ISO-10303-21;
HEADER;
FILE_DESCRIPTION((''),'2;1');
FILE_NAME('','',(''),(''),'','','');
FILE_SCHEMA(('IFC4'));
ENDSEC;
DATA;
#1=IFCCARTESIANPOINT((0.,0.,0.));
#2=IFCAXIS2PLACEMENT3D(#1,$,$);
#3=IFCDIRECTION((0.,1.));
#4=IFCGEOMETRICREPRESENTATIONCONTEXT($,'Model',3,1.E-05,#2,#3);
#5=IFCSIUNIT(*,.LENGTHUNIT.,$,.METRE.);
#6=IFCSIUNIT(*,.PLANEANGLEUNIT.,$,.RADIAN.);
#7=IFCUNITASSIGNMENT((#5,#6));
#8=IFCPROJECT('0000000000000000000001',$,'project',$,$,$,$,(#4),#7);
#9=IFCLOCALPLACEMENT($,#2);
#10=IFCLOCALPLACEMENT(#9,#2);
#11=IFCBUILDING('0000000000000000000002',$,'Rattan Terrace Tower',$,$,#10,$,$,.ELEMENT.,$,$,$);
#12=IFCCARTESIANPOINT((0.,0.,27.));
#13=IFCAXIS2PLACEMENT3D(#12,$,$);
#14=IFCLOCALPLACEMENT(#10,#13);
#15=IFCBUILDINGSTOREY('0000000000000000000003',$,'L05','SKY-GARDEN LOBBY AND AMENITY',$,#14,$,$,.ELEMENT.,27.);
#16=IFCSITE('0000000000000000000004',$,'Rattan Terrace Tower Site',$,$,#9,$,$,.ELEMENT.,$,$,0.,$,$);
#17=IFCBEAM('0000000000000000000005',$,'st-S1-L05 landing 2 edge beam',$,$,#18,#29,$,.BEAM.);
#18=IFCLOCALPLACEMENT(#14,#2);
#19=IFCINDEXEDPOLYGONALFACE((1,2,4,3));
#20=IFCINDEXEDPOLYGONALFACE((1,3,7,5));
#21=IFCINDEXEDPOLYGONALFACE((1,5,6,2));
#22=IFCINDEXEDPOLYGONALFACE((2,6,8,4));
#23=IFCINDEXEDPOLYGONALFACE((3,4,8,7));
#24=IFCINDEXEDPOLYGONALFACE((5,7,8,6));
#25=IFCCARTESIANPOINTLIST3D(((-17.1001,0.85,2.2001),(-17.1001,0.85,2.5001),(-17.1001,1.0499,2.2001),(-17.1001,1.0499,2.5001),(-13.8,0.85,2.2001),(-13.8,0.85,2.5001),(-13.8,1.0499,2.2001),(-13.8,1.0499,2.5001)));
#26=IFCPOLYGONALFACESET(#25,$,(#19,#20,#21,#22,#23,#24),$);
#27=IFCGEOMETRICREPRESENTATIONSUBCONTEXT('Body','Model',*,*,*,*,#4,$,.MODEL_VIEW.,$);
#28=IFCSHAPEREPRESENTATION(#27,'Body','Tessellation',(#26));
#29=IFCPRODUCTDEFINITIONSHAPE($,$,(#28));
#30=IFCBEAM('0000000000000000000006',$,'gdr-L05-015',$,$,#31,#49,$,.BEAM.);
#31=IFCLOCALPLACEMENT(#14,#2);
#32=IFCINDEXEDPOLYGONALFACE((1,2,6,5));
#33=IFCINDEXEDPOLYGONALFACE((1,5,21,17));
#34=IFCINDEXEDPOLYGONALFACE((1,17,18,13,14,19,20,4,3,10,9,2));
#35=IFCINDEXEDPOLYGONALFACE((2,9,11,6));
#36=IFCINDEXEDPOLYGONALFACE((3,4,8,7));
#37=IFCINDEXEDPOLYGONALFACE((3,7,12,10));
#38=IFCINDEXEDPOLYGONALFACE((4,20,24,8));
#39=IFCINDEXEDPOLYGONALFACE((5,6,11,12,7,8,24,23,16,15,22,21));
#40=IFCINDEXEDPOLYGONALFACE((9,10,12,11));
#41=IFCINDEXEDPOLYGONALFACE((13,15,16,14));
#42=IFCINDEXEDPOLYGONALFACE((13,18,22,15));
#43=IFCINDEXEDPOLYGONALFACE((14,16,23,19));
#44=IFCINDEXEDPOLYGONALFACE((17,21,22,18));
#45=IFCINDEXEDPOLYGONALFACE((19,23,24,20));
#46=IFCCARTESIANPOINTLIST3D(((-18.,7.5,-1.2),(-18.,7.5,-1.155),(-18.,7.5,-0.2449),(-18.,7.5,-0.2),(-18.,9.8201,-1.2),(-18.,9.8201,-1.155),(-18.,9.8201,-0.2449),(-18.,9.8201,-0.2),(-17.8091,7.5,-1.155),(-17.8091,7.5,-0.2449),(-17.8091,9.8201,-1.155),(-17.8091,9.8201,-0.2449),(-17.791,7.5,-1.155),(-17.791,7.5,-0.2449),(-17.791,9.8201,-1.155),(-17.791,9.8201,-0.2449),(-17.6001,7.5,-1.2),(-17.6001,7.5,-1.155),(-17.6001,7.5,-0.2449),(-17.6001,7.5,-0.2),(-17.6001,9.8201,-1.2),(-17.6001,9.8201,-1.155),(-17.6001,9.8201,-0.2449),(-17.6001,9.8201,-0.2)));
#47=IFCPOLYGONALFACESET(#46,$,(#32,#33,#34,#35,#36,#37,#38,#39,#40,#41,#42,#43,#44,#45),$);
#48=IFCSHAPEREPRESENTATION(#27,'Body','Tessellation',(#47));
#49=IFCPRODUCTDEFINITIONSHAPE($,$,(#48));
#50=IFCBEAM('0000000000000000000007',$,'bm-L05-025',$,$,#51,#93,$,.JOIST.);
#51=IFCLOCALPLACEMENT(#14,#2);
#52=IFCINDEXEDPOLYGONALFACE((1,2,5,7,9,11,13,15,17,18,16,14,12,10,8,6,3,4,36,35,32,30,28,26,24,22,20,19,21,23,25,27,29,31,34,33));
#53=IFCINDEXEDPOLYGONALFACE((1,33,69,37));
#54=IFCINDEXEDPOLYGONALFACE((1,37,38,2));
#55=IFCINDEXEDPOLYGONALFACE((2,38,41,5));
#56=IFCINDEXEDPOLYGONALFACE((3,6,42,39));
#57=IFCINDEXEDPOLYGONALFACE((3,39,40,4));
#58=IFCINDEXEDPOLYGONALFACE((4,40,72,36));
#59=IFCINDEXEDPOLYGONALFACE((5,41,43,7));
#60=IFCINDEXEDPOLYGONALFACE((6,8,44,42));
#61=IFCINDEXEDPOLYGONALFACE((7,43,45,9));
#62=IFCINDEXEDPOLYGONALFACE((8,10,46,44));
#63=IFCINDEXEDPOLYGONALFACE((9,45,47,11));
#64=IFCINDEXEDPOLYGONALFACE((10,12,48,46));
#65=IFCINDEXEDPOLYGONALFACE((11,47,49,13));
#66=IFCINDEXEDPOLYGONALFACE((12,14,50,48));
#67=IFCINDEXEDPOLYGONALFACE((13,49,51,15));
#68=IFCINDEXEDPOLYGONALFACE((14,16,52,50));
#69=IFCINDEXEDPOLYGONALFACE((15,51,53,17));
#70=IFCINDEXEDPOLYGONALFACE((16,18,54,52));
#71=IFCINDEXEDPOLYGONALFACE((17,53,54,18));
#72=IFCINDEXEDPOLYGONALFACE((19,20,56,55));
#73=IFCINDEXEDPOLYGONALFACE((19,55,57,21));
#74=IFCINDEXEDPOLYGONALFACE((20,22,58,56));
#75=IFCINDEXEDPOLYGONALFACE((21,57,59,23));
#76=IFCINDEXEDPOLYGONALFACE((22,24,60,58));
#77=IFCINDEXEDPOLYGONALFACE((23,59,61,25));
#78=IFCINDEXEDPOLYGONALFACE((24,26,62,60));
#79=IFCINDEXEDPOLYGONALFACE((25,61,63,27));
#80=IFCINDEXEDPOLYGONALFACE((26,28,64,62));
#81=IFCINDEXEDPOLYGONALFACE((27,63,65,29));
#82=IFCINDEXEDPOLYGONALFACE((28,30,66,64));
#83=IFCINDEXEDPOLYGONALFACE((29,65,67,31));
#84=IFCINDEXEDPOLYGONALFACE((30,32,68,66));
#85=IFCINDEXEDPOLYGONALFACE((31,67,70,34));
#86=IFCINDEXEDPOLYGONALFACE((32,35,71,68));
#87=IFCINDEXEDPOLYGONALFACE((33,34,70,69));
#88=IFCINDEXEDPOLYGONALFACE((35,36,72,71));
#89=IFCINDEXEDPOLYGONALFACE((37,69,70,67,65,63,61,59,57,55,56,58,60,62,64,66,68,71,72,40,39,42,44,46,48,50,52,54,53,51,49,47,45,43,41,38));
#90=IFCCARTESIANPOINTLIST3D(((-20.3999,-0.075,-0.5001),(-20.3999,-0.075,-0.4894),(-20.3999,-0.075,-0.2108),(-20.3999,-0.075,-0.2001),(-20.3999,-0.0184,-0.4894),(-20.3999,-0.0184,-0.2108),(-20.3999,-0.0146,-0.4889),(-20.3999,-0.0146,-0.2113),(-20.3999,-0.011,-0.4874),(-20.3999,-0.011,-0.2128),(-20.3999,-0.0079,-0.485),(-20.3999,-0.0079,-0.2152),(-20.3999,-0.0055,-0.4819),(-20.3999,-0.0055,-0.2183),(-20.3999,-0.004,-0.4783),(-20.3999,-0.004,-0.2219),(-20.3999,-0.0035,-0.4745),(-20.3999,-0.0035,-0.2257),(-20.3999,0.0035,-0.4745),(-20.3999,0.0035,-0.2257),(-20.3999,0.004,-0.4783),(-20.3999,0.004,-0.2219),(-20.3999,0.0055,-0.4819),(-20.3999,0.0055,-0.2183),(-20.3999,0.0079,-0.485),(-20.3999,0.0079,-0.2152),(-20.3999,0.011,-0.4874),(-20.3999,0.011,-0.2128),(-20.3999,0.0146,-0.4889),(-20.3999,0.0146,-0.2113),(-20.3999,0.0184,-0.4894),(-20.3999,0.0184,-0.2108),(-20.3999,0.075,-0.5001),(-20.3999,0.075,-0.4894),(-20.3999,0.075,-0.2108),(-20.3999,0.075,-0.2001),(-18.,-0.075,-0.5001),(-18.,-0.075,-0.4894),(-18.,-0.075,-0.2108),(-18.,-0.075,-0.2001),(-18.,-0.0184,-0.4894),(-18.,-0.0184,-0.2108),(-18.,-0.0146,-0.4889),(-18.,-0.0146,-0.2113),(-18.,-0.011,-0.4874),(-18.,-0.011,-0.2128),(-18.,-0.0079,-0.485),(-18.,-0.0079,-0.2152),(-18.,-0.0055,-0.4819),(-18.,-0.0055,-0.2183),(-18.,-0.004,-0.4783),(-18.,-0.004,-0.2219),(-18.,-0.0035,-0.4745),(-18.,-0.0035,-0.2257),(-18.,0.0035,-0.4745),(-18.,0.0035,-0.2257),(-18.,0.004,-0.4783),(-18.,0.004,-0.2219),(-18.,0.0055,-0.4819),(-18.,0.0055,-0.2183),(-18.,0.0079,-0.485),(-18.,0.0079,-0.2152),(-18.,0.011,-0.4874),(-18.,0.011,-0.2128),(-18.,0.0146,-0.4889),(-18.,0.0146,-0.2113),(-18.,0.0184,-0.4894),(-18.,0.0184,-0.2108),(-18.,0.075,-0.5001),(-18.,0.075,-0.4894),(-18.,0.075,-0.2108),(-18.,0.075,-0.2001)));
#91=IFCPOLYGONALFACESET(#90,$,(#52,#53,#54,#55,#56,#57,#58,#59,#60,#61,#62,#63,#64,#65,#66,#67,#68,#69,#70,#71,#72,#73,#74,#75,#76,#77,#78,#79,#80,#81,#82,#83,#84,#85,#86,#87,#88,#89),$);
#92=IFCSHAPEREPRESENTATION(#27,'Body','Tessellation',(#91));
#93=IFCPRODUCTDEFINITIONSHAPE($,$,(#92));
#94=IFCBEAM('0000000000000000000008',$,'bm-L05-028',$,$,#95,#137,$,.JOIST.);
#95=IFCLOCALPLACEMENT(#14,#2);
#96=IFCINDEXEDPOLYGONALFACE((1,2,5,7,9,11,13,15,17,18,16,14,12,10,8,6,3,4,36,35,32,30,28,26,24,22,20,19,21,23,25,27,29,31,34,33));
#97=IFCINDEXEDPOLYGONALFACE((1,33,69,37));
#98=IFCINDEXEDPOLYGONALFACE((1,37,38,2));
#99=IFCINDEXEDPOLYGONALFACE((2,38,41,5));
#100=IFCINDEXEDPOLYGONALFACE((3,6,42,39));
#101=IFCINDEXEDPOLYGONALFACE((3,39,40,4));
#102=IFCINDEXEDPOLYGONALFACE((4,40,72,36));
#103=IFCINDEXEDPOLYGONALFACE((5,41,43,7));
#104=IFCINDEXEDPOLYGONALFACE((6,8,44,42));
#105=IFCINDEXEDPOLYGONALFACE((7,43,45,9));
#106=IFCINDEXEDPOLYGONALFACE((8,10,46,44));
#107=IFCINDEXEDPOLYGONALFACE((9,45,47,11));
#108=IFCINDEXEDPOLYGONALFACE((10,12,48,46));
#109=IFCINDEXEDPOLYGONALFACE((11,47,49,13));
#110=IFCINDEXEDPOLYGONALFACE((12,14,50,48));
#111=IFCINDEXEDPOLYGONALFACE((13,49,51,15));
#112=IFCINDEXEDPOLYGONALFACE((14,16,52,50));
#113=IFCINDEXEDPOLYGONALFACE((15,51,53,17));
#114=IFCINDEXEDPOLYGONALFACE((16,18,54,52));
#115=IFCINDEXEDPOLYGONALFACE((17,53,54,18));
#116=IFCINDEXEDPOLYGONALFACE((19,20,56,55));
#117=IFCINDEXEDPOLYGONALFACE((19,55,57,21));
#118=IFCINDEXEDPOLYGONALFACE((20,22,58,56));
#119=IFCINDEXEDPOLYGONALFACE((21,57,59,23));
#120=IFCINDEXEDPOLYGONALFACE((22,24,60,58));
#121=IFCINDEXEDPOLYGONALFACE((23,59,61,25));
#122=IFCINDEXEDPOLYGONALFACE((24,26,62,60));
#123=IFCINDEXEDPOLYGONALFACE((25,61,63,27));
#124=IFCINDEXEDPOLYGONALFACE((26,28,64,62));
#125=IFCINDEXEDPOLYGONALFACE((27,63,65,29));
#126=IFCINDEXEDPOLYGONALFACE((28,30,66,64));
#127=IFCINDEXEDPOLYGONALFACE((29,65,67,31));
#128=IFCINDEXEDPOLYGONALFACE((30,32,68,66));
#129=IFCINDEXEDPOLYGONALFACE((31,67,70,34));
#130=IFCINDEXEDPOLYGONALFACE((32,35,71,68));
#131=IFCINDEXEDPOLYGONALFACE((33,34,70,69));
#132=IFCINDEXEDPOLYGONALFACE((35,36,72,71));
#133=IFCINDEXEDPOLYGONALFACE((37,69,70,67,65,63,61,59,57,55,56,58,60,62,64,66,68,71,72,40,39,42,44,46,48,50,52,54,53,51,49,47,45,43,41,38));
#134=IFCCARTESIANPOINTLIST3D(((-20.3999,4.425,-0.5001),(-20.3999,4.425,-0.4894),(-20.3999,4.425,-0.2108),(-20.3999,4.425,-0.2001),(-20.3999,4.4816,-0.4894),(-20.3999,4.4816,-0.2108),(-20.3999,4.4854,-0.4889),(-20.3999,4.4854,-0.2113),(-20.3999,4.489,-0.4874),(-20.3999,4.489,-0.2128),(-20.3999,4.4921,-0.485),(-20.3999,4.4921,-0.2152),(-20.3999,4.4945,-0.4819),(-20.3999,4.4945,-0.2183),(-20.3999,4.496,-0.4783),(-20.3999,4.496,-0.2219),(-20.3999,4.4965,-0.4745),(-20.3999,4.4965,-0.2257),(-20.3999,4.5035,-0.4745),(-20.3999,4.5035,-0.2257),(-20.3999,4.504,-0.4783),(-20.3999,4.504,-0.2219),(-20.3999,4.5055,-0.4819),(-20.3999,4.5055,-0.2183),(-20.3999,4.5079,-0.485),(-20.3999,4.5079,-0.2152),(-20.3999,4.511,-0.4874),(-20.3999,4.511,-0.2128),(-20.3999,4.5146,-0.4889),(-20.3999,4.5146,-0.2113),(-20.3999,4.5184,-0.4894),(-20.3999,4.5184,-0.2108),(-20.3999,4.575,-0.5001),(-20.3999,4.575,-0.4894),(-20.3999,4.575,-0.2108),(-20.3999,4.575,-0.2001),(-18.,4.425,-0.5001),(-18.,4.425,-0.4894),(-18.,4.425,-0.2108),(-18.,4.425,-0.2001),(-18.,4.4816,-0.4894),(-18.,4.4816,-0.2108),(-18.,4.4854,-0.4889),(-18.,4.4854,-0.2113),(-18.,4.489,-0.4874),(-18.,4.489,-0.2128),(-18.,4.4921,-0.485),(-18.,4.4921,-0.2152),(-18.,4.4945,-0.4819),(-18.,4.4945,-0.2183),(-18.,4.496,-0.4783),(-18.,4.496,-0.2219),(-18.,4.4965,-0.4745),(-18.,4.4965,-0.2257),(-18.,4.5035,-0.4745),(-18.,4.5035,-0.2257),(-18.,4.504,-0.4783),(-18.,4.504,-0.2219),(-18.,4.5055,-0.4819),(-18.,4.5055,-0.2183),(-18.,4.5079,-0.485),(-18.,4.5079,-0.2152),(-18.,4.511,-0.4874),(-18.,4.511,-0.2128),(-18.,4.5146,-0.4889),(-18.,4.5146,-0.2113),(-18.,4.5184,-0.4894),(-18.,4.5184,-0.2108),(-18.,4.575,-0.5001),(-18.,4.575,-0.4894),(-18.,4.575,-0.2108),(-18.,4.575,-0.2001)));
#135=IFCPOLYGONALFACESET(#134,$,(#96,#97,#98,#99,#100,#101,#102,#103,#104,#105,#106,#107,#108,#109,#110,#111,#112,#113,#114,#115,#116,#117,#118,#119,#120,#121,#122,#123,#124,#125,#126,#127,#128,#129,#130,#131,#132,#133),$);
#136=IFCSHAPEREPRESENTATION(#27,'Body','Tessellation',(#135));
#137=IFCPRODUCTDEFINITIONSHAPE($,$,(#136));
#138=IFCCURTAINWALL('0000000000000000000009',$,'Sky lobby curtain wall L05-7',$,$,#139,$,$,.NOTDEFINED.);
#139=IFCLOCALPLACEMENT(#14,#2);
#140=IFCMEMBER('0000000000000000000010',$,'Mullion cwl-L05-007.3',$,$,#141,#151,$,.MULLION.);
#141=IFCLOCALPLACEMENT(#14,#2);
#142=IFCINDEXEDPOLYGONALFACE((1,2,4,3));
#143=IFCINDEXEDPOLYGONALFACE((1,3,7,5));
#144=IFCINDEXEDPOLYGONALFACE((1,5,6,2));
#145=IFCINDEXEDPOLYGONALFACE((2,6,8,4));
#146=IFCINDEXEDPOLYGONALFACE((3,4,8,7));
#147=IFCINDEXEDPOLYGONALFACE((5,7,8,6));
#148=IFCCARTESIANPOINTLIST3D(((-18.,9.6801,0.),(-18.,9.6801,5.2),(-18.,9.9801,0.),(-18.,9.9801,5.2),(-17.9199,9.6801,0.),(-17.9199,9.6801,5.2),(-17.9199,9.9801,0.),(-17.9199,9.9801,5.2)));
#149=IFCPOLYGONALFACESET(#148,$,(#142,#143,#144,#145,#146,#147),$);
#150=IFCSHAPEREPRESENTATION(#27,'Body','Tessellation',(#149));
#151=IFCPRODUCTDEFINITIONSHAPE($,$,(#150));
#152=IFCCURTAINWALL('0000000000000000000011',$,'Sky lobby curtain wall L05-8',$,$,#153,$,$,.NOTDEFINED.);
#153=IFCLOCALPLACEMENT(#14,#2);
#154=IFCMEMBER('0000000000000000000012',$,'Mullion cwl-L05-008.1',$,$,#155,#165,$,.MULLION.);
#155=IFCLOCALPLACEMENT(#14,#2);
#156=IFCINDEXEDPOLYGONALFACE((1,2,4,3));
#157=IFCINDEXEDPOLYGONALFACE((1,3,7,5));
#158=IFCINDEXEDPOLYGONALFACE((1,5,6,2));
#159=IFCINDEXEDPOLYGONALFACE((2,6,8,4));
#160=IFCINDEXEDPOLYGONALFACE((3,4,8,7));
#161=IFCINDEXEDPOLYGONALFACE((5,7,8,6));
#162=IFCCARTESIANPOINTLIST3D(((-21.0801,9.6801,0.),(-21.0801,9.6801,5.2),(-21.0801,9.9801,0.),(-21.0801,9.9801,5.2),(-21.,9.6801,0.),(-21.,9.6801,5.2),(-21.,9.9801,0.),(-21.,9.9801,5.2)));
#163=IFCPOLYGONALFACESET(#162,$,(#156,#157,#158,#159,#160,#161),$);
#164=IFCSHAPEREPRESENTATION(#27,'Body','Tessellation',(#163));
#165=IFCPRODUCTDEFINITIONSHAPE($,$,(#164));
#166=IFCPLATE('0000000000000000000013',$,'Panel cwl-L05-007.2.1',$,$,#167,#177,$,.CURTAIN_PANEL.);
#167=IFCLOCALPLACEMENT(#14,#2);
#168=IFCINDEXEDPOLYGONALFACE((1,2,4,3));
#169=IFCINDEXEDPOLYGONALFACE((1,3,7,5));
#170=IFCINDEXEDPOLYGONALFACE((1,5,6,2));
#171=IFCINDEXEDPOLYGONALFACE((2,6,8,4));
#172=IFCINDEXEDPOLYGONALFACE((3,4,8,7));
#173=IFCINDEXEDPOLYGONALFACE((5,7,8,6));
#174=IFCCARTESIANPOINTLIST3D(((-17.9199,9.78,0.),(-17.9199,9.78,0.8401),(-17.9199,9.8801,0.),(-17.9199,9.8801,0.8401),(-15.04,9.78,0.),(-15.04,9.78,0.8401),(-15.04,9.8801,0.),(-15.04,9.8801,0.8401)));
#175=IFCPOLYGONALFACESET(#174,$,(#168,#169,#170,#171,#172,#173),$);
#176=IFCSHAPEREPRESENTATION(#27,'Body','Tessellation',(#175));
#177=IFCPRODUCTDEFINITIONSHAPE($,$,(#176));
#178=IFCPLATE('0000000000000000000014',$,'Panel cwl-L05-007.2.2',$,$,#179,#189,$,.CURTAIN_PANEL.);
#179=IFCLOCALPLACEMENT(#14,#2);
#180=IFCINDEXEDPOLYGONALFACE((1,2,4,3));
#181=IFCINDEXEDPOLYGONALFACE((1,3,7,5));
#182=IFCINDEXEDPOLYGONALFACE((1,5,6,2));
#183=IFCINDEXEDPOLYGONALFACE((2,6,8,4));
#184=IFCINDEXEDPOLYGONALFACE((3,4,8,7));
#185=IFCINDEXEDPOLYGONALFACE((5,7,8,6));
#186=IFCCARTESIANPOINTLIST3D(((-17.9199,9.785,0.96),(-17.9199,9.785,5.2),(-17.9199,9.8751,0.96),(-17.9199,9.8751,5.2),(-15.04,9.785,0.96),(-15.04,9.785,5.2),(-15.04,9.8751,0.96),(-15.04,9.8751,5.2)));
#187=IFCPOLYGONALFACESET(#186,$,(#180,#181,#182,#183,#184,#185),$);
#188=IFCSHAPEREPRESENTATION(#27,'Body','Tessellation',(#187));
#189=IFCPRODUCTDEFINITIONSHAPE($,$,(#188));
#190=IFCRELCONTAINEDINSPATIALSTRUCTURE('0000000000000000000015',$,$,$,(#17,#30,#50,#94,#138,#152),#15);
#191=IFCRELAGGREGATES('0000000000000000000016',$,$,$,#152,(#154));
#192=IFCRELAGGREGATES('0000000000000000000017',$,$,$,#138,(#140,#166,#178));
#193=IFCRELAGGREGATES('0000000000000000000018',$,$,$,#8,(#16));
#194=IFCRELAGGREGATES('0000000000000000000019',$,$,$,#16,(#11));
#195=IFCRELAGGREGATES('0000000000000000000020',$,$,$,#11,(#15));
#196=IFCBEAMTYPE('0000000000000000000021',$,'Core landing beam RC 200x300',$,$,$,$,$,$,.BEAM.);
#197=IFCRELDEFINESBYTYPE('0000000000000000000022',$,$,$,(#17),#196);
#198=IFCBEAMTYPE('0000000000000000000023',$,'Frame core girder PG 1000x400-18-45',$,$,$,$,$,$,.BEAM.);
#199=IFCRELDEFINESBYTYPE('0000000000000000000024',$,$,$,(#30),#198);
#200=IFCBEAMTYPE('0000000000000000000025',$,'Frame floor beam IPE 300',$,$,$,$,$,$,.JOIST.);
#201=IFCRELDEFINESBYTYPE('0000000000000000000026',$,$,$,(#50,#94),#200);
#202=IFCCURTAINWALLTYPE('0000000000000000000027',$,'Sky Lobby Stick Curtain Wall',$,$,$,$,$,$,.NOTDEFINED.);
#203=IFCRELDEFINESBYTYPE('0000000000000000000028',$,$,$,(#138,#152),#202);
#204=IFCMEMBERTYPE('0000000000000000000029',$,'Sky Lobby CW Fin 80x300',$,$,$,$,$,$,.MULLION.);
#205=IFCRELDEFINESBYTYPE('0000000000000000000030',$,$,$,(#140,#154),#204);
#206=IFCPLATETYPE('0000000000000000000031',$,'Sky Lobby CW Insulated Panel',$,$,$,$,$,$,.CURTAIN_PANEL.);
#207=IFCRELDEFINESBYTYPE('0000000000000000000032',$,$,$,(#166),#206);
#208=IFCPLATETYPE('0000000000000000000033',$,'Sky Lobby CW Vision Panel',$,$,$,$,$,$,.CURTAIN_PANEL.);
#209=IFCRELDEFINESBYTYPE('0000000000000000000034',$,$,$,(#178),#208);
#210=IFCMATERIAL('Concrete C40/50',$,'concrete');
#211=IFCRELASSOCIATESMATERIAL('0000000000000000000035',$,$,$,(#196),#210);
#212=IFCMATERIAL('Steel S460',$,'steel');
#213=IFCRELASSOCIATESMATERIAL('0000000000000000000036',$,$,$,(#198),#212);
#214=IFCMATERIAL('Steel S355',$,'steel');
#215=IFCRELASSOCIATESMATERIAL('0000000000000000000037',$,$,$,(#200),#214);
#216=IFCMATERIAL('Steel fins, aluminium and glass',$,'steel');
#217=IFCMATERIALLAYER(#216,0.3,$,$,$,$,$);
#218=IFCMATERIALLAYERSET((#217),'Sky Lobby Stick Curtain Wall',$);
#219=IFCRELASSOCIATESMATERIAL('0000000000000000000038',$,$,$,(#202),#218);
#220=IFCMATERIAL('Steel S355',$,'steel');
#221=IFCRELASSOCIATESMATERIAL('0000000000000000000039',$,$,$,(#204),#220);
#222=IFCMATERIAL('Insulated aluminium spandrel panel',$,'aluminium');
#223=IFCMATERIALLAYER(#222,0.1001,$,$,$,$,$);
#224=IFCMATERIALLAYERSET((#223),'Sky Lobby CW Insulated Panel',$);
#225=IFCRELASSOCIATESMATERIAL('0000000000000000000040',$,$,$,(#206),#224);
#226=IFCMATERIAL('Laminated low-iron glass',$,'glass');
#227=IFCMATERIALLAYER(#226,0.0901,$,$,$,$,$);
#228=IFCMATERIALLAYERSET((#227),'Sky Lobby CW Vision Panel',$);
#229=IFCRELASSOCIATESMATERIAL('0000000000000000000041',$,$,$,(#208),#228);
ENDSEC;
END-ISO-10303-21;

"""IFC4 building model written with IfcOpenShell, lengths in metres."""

from ifc_helpers import new_model, si_unit, direction, frame, origin, origin_2d, place, context, subcontext, project, spatial, rectangle, i_section, extrude, material, layer, layer_set, material_profile, profile_set, type_object, element, aggregate, save


model = new_model("IFC4")

# Units and contexts
model_context = context("Model", 3, precision=1e-05, world=origin(), true_north=direction((0.0, 1.0)))
body_context = subcontext(model_context, "Body", "Model", "MODEL_VIEW")
ifc_project = project(units=[si_unit("LENGTHUNIT", "METRE"), si_unit("PLANEANGLEUNIT", "RADIAN")], contexts=[model_context])

# Site, building, storey
site_placement = place(None, origin())
site = spatial("IfcSite", under=ifc_project, at=site_placement, Name="Rattan Terrace Tower Site", CompositionType="ELEMENT", RefElevation=0.0)
building_placement = place(site_placement, origin())
building = spatial("IfcBuilding", under=site, at=building_placement, Name="Rattan Terrace Tower", CompositionType="ELEMENT")
storey_placement = place(building_placement, frame((0.0, 0.0, 27.0)))
storey = spatial("IfcBuildingStorey", under=building, at=storey_placement, Name="L05", Description="SKY-GARDEN LOBBY AND AMENITY", CompositionType="ELEMENT", Elevation=27.0)

# Beams
ifc_material_1 = material(Name="Concrete C40/50", Category="concrete")
ifc_material_profile_1 = material_profile(ifc_material_1, rectangle(XDim=0.2, YDim=0.3, at=origin_2d()), Name="RC 200x300")
ifc_profile_set_1 = profile_set([ifc_material_profile_1], Name="Concrete C40/50")
beam_type_1 = type_object("IfcBeamType", Name="Core landing beam RC 200x300", PredefinedType="BEAM", material=ifc_profile_set_1)
beam_1_placement = place(storey_placement, frame((-17.1001, 0.95, 2.3501), z_axis=(1.0, 0.0, 0.0), x_axis=(0.0, 1.0, 0.0)))
element("IfcBeam", 1, at=beam_1_placement, inside=storey, type_object=beam_type_1, Name="st-S1-L05 landing 2 edge beam", PredefinedType="BEAM", context=body_context, shape_type="SweptSolid", body=[
    extrude(rectangle(XDim=0.2, YDim=0.3, at=origin_2d()), origin(), (0.0, 0.0, 1.0), 3.3),
])
ifc_material_2 = material(Name="Steel S460", Category="steel")
ifc_material_profile_2 = material_profile(ifc_material_2, i_section(OverallWidth=0.3999, OverallDepth=1.0, WebThickness=0.0181, FlangeThickness=0.0449, at=origin_2d()), Name="PG 1000x400-18-45")
ifc_profile_set_2 = profile_set([ifc_material_profile_2], Name="Steel S460")
beam_type_2 = type_object("IfcBeamType", Name="Frame core girder PG 1000x400-18-45", PredefinedType="BEAM", material=ifc_profile_set_2)
beam_2_placement = place(storey_placement, frame((-17.8, 7.5, -0.7), z_axis=(0.0, 1.0, 0.0), x_axis=(-1.0, 0.0, 0.0)))
element("IfcBeam", 2, at=beam_2_placement, inside=storey, type_object=beam_type_2, Name="gdr-L05-015", PredefinedType="BEAM", context=body_context, shape_type="SweptSolid", body=[
    extrude(i_section(OverallWidth=0.3999, OverallDepth=1.0, WebThickness=0.0181, FlangeThickness=0.0449, at=origin_2d()), origin(), (0.0, 0.0, 1.0), 2.3201),
])
ifc_material_3 = material(Name="Steel S355", Category="steel")
ifc_material_profile_3 = material_profile(ifc_material_3, i_section(OverallWidth=0.1499, OverallDepth=0.3, WebThickness=0.0071, FlangeThickness=0.0107, FilletRadius=0.0149, at=origin_2d()), Name="IPE 300")
ifc_profile_set_3 = profile_set([ifc_material_profile_3], Name="Steel S355")
beam_type_3 = type_object("IfcBeamType", Name="Frame floor beam IPE 300", PredefinedType="JOIST", material=ifc_profile_set_3)
for number, where, z_axis, x_axis, name in (
    (3, (-20.3999, 0.0, -0.3501), (1.0, 0.0, 0.0), (0.0, 1.0, 0.0), "bm-L05-025"),
    (4, (-20.3999, 4.5, -0.3501), (1.0, 0.0, 0.0), (0.0, 1.0, 0.0), "bm-L05-028"),
):
    element("IfcBeam", number, at=place(storey_placement, frame(where, z_axis=z_axis, x_axis=x_axis)), inside=storey, type_object=beam_type_3, Name=name, PredefinedType="JOIST", context=body_context, shape_type="SweptSolid", body=[
        extrude(i_section(OverallWidth=0.1499, OverallDepth=0.3, WebThickness=0.0071, FlangeThickness=0.0107, FilletRadius=0.0149, at=origin_2d()), origin(), (0.0, 0.0, 1.0), 2.3999),
    ])

# Curtain walls, members
ifc_material_4 = material(Name="Steel fins, aluminium and glass", Category="steel")
ifc_layer_1 = layer(ifc_material_4, 0.3)
ifc_layer_set_1 = layer_set([ifc_layer_1], Name="Sky Lobby Stick Curtain Wall")
curtain_wall_type = type_object("IfcCurtainWallType", Name="Sky Lobby Stick Curtain Wall", PredefinedType="NOTDEFINED", material=ifc_layer_set_1)
curtain_wall_1_placement = place(storey_placement, origin())
curtain_wall_1 = element("IfcCurtainWall", 5, at=curtain_wall_1_placement, inside=storey, type_object=curtain_wall_type, Name="Sky lobby curtain wall L05-7", PredefinedType="NOTDEFINED")
ifc_material_5 = material(Name="Steel S355", Category="steel")
ifc_material_profile_4 = material_profile(ifc_material_5, rectangle(XDim=0.0801, YDim=0.3, at=origin_2d()), Name="Steel S355 80x300")
ifc_profile_set_4 = profile_set([ifc_material_profile_4], Name="Steel S355")
member_type = type_object("IfcMemberType", Name="Sky Lobby CW Fin 80x300", PredefinedType="MULLION", material=ifc_profile_set_4)
member_1_placement = place(storey_placement, frame((-17.96, 9.8301, 0.0), z_axis=(0.0, 0.0, 1.0), x_axis=(-1.0, 0.0, 0.0)))
member_1 = element("IfcMember", 6, at=member_1_placement, type_object=member_type, Name="Mullion cwl-L05-007.3", PredefinedType="MULLION", context=body_context, shape_type="SweptSolid", body=[
    extrude(rectangle(XDim=0.0801, YDim=0.3, at=origin_2d()), origin(), (0.0, 0.0, 1.0), 5.2),
])
curtain_wall_2_placement = place(storey_placement, origin())
curtain_wall_2 = element("IfcCurtainWall", 7, at=curtain_wall_2_placement, inside=storey, type_object=curtain_wall_type, Name="Sky lobby curtain wall L05-8", PredefinedType="NOTDEFINED")
member_2_placement = place(storey_placement, frame((-21.04, 9.8301, 0.0), z_axis=(0.0, 0.0, 1.0), x_axis=(-1.0, 0.0, 0.0)))
member_2 = element("IfcMember", 8, at=member_2_placement, type_object=member_type, Name="Mullion cwl-L05-008.1", PredefinedType="MULLION", context=body_context, shape_type="SweptSolid", body=[
    extrude(rectangle(XDim=0.0801, YDim=0.3, at=origin_2d()), origin(), (0.0, 0.0, 1.0), 5.2),
])
aggregate(curtain_wall_2, [member_2])

# Plates
ifc_material_6 = material(Name="Insulated aluminium spandrel panel", Category="aluminium")
ifc_layer_2 = layer(ifc_material_6, 0.1001)
ifc_layer_set_2 = layer_set([ifc_layer_2], Name="Sky Lobby CW Insulated Panel")
plate_type_1 = type_object("IfcPlateType", Name="Sky Lobby CW Insulated Panel", PredefinedType="CURTAIN_PANEL", material=ifc_layer_set_2)
plate_1_placement = place(storey_placement, frame((-16.48, 9.8301, 0.0), z_axis=(0.0, 0.0, 1.0), x_axis=(-1.0, 0.0, 0.0)))
plate_1 = element("IfcPlate", 9, at=plate_1_placement, type_object=plate_type_1, Name="Panel cwl-L05-007.2.1", PredefinedType="CURTAIN_PANEL", context=body_context, shape_type="SweptSolid", body=[
    extrude(rectangle(XDim=2.8799, YDim=0.1001, at=origin_2d()), origin(), (0.0, 0.0, 1.0), 0.8401),
])
ifc_material_7 = material(Name="Laminated low-iron glass", Category="glass")
ifc_layer_3 = layer(ifc_material_7, 0.0901)
ifc_layer_set_3 = layer_set([ifc_layer_3], Name="Sky Lobby CW Vision Panel")
plate_type_2 = type_object("IfcPlateType", Name="Sky Lobby CW Vision Panel", PredefinedType="CURTAIN_PANEL", material=ifc_layer_set_3)
plate_2_placement = place(storey_placement, frame((-16.48, 9.8301, 0.96), z_axis=(0.0, 0.0, 1.0), x_axis=(-1.0, 0.0, 0.0)))
plate_2 = element("IfcPlate", 10, at=plate_2_placement, type_object=plate_type_2, Name="Panel cwl-L05-007.2.2", PredefinedType="CURTAIN_PANEL", context=body_context, shape_type="SweptSolid", body=[
    extrude(rectangle(XDim=2.8799, YDim=0.0901, at=origin_2d()), origin(), (0.0, 0.0, 1.0), 4.24),
])
aggregate(curtain_wall_1, [member_1, plate_1, plate_2])

save(model, "model.ifc")
